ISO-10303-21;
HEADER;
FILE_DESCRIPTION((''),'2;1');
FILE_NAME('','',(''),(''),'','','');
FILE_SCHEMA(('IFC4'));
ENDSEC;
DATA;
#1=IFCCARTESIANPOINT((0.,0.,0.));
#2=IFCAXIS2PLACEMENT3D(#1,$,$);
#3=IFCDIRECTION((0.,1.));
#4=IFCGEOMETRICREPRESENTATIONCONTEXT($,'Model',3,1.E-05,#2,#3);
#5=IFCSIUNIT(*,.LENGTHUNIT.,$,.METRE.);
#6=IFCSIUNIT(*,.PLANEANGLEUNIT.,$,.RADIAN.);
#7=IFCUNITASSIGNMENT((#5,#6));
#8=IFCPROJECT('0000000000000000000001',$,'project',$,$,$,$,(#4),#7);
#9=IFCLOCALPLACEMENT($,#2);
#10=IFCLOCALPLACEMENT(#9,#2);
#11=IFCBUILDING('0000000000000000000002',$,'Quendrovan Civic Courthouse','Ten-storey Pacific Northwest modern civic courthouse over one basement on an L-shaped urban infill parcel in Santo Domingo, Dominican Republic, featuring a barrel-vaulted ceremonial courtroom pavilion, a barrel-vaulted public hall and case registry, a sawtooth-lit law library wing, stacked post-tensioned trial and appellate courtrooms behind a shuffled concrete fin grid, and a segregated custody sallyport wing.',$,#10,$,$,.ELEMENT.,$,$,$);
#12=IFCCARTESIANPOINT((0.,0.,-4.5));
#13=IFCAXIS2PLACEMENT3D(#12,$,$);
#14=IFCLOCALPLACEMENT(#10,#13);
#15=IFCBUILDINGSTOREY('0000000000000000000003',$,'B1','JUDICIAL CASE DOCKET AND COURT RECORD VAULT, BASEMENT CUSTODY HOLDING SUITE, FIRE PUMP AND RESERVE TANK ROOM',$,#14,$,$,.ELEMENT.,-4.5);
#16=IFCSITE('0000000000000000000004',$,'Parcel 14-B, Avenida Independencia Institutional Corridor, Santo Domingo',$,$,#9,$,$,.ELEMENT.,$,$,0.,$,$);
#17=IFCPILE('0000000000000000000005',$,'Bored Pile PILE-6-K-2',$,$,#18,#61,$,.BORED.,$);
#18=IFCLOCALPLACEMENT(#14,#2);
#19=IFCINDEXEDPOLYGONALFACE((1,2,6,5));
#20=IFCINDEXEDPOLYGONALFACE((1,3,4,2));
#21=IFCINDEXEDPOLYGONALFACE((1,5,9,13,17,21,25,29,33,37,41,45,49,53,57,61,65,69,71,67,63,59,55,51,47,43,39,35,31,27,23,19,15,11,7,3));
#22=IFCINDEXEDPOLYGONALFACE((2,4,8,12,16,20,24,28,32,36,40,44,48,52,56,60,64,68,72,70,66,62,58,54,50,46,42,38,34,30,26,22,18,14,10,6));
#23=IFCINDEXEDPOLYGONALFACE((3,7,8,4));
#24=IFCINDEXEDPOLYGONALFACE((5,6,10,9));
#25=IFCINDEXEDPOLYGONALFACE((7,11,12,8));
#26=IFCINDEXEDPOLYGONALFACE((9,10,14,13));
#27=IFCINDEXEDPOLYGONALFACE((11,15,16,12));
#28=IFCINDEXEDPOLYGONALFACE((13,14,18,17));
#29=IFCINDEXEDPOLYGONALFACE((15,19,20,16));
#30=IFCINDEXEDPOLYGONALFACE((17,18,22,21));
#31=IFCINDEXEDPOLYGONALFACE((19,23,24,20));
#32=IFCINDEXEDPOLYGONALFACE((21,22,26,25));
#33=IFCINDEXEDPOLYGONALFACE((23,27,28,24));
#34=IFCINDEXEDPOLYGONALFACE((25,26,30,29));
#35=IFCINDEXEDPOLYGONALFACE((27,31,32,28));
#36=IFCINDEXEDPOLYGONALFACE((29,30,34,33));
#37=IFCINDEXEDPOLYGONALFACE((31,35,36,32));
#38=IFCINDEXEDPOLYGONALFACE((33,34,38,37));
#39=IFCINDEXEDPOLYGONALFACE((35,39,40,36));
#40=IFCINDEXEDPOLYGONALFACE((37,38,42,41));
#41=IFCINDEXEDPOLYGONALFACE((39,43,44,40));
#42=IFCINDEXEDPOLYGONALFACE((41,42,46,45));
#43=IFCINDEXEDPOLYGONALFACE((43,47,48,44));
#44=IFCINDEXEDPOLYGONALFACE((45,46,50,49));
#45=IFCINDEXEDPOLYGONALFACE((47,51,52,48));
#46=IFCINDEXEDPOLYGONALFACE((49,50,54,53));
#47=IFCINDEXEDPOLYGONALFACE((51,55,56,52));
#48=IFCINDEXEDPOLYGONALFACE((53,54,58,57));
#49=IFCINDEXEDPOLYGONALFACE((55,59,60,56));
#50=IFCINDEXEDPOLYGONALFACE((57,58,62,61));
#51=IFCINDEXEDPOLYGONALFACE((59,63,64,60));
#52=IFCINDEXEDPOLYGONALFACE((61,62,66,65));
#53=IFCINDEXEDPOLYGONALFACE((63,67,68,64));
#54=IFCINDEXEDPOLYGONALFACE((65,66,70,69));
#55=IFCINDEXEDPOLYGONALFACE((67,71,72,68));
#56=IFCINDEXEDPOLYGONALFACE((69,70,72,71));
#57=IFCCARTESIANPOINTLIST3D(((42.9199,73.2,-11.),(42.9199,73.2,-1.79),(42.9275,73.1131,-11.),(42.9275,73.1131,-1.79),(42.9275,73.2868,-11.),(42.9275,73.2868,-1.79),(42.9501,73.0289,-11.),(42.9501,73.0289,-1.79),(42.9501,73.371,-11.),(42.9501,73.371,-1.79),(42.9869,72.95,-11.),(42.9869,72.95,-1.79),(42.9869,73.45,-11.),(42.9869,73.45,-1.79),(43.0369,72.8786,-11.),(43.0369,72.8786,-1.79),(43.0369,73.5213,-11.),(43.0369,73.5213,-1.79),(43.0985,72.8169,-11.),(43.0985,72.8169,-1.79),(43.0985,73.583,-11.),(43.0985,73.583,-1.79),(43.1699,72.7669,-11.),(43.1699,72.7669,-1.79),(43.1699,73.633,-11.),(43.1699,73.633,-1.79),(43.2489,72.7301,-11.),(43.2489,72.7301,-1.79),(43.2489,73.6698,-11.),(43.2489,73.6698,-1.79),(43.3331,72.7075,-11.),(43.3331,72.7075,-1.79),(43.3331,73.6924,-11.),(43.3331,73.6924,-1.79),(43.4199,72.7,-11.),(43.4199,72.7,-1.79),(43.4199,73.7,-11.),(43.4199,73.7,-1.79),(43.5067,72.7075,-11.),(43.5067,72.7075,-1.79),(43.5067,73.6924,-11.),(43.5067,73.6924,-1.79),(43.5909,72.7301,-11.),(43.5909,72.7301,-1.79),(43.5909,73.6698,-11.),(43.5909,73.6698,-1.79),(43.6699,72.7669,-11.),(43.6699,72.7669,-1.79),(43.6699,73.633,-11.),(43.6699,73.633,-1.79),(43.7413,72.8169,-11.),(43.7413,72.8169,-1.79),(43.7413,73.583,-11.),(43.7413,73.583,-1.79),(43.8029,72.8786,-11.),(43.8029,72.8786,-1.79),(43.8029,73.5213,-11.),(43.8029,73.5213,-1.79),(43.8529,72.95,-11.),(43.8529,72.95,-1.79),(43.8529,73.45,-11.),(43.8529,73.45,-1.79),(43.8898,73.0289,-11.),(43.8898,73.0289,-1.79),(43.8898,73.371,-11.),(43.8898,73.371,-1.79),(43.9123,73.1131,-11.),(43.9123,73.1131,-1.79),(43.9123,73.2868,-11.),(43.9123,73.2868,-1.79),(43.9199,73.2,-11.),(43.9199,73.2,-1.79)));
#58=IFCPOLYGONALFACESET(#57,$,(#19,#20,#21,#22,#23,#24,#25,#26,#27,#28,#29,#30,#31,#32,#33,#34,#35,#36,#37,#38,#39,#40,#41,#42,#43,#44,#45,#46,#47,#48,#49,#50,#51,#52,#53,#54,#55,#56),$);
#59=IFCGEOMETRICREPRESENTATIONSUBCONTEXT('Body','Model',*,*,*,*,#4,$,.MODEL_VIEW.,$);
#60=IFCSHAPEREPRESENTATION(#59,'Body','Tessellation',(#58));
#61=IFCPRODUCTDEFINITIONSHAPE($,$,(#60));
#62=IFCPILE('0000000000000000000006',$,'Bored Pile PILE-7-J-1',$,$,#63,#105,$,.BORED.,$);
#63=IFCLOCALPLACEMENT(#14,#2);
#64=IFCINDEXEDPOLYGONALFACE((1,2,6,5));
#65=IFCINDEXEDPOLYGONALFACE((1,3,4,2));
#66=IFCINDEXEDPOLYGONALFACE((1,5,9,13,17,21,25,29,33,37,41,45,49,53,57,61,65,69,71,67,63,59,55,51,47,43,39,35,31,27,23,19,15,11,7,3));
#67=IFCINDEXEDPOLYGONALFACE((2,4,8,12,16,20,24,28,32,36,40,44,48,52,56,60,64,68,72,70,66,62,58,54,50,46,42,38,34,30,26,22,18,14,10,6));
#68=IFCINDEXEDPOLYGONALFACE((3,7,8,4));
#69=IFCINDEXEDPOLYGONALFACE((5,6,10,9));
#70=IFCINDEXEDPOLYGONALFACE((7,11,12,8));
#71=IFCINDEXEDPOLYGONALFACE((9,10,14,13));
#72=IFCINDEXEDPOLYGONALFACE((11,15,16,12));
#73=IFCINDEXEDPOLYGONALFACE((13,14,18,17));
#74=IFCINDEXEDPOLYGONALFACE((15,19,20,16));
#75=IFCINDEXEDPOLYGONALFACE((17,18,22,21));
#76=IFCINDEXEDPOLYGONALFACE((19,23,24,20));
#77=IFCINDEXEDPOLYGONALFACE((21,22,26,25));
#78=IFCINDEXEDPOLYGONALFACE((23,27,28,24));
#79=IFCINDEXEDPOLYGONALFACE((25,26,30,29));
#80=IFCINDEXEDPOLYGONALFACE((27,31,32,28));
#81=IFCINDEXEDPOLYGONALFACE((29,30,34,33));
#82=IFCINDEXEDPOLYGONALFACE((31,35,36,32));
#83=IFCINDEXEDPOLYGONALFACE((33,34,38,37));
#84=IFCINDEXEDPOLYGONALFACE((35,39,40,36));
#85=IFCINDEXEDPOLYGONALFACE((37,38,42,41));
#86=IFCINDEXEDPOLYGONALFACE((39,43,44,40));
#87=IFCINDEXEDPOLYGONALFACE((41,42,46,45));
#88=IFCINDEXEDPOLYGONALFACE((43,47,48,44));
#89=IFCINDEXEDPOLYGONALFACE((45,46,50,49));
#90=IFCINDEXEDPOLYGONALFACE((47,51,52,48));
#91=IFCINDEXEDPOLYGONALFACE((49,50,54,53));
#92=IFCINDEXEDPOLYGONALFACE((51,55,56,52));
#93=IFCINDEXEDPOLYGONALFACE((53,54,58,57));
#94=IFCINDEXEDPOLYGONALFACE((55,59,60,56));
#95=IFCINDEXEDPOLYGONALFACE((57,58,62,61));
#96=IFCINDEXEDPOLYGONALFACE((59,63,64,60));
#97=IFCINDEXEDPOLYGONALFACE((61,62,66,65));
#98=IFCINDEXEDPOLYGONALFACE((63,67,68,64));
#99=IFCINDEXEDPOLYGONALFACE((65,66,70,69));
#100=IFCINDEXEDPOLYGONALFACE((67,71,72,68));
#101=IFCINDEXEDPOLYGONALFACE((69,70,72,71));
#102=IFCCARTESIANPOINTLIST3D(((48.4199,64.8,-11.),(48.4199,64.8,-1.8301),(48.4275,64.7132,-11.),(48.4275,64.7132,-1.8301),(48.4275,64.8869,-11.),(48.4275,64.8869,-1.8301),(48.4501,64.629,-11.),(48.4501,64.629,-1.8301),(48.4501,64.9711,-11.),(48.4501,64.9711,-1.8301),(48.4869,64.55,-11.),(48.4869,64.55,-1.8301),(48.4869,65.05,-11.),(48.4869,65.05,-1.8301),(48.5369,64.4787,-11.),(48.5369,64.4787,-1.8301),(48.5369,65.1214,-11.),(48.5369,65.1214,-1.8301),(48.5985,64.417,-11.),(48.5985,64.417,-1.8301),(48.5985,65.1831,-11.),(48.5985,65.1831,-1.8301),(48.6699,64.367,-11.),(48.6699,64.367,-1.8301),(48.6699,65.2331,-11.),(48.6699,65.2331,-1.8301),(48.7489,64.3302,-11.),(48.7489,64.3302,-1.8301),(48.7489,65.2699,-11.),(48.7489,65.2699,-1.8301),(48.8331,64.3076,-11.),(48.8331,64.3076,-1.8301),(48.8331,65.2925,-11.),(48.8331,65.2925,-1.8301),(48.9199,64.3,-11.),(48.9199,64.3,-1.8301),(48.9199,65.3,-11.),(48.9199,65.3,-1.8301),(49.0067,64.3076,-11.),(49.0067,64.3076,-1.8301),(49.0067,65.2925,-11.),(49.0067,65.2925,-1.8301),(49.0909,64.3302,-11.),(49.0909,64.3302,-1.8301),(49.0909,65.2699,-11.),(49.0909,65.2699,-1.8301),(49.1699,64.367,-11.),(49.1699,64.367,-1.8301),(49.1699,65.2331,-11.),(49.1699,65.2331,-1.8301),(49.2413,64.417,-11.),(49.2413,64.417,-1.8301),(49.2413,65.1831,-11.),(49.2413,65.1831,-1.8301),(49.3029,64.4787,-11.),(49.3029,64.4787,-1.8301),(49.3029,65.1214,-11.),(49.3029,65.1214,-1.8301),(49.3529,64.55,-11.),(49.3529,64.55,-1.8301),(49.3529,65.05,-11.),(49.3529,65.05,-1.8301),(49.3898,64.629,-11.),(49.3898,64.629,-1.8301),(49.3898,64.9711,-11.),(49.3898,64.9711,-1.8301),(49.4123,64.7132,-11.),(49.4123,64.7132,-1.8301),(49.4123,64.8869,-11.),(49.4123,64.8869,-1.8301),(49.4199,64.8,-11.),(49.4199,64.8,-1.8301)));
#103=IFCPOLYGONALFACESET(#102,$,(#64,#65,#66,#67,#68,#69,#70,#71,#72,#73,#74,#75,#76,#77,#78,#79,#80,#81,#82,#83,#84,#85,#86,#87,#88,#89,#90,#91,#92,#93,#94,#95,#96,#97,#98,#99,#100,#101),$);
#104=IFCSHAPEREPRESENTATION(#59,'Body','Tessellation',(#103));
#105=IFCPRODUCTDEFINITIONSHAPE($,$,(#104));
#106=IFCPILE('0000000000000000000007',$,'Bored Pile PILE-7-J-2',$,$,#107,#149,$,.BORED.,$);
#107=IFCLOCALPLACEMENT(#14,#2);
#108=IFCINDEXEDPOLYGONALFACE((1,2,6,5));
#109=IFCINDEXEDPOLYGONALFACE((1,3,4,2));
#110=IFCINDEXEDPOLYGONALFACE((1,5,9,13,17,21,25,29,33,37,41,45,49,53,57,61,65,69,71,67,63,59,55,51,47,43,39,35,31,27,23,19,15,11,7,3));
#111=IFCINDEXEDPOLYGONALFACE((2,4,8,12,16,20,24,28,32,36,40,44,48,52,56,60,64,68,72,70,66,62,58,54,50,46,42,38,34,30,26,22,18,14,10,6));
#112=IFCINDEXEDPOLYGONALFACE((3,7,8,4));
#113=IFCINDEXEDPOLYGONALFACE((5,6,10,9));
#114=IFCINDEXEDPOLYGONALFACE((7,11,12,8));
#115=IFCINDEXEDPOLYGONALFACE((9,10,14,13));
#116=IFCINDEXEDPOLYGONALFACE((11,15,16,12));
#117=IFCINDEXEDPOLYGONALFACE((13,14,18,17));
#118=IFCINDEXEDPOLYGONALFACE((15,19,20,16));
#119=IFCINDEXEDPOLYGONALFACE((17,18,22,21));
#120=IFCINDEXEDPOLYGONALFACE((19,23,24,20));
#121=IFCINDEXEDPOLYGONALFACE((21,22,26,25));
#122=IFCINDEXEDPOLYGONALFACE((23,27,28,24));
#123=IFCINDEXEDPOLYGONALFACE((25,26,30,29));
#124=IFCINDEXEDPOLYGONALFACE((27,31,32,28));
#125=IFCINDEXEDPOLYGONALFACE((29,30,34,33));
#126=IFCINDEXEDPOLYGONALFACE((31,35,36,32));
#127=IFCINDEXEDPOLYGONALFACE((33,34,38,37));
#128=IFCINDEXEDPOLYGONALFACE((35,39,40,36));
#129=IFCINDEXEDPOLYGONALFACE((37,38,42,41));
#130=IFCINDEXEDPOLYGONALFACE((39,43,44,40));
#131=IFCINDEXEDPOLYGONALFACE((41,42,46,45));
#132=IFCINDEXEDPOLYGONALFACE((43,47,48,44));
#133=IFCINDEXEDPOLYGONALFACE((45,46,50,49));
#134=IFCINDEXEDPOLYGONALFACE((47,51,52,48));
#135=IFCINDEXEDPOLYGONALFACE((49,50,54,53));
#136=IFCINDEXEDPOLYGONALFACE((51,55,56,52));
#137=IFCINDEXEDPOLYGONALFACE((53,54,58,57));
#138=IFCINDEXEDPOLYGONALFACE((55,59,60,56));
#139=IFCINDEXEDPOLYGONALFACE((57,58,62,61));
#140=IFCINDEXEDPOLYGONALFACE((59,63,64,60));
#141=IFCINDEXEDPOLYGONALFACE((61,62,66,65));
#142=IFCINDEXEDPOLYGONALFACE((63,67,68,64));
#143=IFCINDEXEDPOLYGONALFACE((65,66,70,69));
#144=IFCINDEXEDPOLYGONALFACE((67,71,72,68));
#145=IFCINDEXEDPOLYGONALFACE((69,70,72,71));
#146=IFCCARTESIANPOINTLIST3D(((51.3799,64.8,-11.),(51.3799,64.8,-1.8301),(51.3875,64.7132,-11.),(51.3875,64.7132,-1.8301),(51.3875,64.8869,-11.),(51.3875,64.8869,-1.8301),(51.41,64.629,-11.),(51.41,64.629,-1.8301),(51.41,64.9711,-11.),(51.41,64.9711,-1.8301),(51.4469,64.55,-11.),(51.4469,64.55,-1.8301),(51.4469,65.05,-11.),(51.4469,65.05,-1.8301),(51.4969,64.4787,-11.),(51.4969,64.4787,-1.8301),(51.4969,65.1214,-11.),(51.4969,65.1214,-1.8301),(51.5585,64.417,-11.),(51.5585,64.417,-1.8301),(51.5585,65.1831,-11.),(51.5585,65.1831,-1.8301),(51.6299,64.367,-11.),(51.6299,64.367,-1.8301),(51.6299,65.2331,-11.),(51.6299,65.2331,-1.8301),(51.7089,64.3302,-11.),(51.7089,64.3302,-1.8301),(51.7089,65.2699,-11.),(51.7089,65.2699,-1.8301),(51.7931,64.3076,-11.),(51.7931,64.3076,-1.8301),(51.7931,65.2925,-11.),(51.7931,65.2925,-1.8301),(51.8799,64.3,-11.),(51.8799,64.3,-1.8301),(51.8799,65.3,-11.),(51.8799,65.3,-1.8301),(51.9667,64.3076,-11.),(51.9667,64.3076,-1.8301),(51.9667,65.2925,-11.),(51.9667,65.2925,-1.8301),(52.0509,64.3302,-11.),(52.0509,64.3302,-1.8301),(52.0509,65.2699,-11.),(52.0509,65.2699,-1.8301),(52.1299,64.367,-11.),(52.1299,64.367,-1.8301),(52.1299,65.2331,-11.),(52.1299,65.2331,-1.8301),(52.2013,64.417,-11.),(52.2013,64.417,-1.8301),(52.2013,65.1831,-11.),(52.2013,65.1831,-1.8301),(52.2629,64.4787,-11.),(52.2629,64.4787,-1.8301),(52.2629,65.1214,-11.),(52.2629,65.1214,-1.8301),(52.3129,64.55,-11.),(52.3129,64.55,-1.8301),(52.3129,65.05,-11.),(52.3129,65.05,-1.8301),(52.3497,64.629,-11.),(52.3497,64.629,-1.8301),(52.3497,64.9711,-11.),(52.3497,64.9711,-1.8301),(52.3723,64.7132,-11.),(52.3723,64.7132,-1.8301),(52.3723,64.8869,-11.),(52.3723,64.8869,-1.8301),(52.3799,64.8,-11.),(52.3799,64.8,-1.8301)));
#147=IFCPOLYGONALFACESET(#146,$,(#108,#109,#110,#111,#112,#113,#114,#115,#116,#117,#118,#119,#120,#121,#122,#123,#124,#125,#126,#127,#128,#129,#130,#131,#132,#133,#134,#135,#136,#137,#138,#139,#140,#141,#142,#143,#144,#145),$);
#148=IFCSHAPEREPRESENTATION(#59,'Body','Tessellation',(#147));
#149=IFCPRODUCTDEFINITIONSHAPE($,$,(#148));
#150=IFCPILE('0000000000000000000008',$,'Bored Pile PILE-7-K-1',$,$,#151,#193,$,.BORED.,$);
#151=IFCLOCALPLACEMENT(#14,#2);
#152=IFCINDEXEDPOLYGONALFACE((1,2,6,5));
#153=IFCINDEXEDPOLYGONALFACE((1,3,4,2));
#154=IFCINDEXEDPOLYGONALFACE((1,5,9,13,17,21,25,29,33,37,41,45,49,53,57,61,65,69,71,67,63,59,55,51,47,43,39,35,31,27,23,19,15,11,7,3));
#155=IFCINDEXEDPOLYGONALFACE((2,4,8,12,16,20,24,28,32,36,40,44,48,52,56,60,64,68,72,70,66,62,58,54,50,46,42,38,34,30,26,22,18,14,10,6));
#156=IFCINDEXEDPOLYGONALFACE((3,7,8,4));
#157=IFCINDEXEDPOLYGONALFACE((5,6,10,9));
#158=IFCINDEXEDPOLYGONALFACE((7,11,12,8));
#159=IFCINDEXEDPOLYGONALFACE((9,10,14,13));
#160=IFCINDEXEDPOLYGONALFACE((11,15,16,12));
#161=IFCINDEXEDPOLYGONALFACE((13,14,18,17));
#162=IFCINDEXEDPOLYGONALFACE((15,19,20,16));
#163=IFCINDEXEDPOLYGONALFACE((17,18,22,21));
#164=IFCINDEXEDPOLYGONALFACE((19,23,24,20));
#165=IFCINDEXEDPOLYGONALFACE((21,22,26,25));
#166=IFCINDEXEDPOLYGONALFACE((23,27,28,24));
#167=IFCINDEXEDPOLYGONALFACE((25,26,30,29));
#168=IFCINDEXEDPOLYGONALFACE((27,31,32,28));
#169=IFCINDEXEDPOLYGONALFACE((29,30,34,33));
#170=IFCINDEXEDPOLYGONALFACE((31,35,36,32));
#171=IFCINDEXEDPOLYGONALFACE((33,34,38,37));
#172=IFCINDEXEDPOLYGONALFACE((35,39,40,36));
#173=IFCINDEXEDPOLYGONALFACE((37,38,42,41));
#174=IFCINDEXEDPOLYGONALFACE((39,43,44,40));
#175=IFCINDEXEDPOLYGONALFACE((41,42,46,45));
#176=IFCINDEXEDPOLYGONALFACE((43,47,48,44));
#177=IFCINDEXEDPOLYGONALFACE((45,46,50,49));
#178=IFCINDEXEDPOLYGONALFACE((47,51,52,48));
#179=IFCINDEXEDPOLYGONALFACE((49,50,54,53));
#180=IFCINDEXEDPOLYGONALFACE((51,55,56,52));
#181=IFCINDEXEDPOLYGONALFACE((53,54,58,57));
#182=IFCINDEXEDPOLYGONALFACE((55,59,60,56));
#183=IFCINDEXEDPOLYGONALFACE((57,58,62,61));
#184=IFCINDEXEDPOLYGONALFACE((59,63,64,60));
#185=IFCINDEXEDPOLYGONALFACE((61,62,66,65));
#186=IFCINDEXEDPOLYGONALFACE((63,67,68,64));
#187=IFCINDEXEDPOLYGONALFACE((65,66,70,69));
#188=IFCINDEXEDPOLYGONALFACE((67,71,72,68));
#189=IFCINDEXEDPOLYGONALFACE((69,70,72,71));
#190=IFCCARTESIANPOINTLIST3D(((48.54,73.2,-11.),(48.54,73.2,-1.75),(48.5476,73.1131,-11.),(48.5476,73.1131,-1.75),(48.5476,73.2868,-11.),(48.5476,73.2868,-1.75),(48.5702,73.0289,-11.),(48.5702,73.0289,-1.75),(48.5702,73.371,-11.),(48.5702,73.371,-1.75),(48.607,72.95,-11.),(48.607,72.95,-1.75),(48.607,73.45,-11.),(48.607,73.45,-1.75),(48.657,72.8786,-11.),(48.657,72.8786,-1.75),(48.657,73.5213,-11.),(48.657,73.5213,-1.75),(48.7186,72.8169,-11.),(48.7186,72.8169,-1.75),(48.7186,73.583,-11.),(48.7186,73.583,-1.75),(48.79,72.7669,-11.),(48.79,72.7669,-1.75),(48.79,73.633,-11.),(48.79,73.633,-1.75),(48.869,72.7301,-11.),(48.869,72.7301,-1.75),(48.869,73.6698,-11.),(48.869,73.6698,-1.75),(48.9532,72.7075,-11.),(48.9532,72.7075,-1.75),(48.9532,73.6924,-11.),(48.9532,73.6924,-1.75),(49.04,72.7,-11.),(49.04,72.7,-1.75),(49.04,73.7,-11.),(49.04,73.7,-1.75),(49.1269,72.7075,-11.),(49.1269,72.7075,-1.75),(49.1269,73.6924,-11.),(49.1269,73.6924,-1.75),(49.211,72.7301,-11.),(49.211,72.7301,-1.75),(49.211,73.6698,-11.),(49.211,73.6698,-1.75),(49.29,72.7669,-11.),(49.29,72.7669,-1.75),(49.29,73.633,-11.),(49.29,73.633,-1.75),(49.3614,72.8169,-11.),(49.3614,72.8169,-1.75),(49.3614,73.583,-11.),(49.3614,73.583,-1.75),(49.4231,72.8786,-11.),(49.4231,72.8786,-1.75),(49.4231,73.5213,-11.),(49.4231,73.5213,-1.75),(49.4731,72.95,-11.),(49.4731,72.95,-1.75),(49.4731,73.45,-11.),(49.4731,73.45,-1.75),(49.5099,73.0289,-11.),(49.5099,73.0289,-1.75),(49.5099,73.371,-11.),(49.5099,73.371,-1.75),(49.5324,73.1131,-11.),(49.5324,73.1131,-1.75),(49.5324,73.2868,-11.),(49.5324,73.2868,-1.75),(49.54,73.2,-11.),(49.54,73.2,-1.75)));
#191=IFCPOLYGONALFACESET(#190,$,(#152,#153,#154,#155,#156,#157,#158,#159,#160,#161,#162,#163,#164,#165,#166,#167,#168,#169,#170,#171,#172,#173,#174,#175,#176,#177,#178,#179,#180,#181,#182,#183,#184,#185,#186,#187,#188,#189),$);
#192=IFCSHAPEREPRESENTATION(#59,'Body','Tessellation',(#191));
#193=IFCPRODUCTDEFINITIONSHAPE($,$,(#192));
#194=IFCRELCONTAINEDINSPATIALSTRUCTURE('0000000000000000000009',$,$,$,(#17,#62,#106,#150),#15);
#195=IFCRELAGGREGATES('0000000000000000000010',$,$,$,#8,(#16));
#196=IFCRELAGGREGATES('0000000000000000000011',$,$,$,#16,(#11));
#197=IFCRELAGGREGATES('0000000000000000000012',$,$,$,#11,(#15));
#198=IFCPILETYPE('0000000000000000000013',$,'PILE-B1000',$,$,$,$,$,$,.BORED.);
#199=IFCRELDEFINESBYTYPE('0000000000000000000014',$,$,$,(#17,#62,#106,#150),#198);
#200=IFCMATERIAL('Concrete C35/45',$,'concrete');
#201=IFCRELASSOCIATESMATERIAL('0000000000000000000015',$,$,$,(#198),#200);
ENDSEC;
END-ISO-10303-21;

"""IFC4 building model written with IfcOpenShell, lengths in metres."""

from ifc_helpers import new_model, si_unit, direction, frame, origin, origin_2d, place, context, subcontext, project, spatial, circle, extrude, material, material_profile, profile_set, type_object, element, save


model = new_model("IFC4")

# Units and contexts
model_context = context("Model", 3, precision=1e-05, world=origin(), true_north=direction((0.0, 1.0)))
body_context = subcontext(model_context, "Body", "Model", "MODEL_VIEW")
ifc_project = project(units=[si_unit("LENGTHUNIT", "METRE"), si_unit("PLANEANGLEUNIT", "RADIAN")], contexts=[model_context])

# Site, building, storey
site_placement = place(None, origin())
site = spatial("IfcSite", under=ifc_project, at=site_placement, Name="Parcel 14-B, Avenida Independencia Institutional Corridor, Santo Domingo", CompositionType="ELEMENT", RefElevation=0.0)
building_placement = place(site_placement, origin())
building = spatial("IfcBuilding", under=site, at=building_placement, Name="Quendrovan Civic Courthouse", Description="Ten-storey Pacific Northwest modern civic courthouse over one basement on an L-shaped urban infill parcel in Santo Domingo, Dominican Republic, featuring a barrel-vaulted ceremonial courtroom pavilion, a barrel-vaulted public hall and case registry, a sawtooth-lit law library wing, stacked post-tensioned trial and appellate courtrooms behind a shuffled concrete fin grid, and a segregated custody sallyport wing.", CompositionType="ELEMENT")
storey_placement = place(building_placement, frame((0.0, 0.0, -4.5)))
storey = spatial("IfcBuildingStorey", under=building, at=storey_placement, Name="B1", Description="JUDICIAL CASE DOCKET AND COURT RECORD VAULT, BASEMENT CUSTODY HOLDING SUITE, FIRE PUMP AND RESERVE TANK ROOM", CompositionType="ELEMENT", Elevation=-4.5)

# Shared definitions
ifc_material_1 = material(Name="Concrete C35/45", Category="concrete")

# Piles
ifc_material_profile_1 = material_profile(ifc_material_1, circle(Radius=0.5, at=origin_2d()), Name="PILE-D1000")
ifc_profile_set_1 = profile_set([ifc_material_profile_1], Name="Concrete C35/45")
pile_type = type_object("IfcPileType", Name="PILE-B1000", PredefinedType="BORED", material=ifc_profile_set_1)
pile_1_placement = place(storey_placement, frame((43.4199, 73.2, -1.79), z_axis=(0.0, 0.0, -1.0), x_axis=(1.0, 0.0, 0.0)))
element("IfcPile", 1, at=pile_1_placement, inside=storey, type_object=pile_type, Name="Bored Pile PILE-6-K-2", PredefinedType="BORED", context=body_context, shape_type="SweptSolid", body=[
    extrude(circle(Radius=0.5, at=origin_2d()), origin(), (0.0, 0.0, 1.0), 9.21),
])
for number, where, z_axis, x_axis, name in (
    (2, (48.9199, 64.8, -1.8301), (0.0, 0.0, -1.0), (1.0, 0.0, 0.0), "Bored Pile PILE-7-J-1"),
    (3, (51.8799, 64.8, -1.8301), (0.0, 0.0, -1.0), (1.0, 0.0, 0.0), "Bored Pile PILE-7-J-2"),
):
    element("IfcPile", number, at=place(storey_placement, frame(where, z_axis=z_axis, x_axis=x_axis)), inside=storey, type_object=pile_type, Name=name, PredefinedType="BORED", context=body_context, shape_type="SweptSolid", body=[
        extrude(circle(Radius=0.5, at=origin_2d()), origin(), (0.0, 0.0, 1.0), 9.1699),
    ])
for number, where, z_axis, x_axis, name in (
    (4, (49.04, 73.2, -1.75), (0.0, 0.0, -1.0), (1.0, 0.0, 0.0), "Bored Pile PILE-7-K-1"),
):
    element("IfcPile", number, at=place(storey_placement, frame(where, z_axis=z_axis, x_axis=x_axis)), inside=storey, type_object=pile_type, Name=name, PredefinedType="BORED", context=body_context, shape_type="SweptSolid", body=[
        extrude(circle(Radius=0.5, at=origin_2d()), origin(), (0.0, 0.0, 1.0), 9.25),
    ])

save(model, "model.ifc")
